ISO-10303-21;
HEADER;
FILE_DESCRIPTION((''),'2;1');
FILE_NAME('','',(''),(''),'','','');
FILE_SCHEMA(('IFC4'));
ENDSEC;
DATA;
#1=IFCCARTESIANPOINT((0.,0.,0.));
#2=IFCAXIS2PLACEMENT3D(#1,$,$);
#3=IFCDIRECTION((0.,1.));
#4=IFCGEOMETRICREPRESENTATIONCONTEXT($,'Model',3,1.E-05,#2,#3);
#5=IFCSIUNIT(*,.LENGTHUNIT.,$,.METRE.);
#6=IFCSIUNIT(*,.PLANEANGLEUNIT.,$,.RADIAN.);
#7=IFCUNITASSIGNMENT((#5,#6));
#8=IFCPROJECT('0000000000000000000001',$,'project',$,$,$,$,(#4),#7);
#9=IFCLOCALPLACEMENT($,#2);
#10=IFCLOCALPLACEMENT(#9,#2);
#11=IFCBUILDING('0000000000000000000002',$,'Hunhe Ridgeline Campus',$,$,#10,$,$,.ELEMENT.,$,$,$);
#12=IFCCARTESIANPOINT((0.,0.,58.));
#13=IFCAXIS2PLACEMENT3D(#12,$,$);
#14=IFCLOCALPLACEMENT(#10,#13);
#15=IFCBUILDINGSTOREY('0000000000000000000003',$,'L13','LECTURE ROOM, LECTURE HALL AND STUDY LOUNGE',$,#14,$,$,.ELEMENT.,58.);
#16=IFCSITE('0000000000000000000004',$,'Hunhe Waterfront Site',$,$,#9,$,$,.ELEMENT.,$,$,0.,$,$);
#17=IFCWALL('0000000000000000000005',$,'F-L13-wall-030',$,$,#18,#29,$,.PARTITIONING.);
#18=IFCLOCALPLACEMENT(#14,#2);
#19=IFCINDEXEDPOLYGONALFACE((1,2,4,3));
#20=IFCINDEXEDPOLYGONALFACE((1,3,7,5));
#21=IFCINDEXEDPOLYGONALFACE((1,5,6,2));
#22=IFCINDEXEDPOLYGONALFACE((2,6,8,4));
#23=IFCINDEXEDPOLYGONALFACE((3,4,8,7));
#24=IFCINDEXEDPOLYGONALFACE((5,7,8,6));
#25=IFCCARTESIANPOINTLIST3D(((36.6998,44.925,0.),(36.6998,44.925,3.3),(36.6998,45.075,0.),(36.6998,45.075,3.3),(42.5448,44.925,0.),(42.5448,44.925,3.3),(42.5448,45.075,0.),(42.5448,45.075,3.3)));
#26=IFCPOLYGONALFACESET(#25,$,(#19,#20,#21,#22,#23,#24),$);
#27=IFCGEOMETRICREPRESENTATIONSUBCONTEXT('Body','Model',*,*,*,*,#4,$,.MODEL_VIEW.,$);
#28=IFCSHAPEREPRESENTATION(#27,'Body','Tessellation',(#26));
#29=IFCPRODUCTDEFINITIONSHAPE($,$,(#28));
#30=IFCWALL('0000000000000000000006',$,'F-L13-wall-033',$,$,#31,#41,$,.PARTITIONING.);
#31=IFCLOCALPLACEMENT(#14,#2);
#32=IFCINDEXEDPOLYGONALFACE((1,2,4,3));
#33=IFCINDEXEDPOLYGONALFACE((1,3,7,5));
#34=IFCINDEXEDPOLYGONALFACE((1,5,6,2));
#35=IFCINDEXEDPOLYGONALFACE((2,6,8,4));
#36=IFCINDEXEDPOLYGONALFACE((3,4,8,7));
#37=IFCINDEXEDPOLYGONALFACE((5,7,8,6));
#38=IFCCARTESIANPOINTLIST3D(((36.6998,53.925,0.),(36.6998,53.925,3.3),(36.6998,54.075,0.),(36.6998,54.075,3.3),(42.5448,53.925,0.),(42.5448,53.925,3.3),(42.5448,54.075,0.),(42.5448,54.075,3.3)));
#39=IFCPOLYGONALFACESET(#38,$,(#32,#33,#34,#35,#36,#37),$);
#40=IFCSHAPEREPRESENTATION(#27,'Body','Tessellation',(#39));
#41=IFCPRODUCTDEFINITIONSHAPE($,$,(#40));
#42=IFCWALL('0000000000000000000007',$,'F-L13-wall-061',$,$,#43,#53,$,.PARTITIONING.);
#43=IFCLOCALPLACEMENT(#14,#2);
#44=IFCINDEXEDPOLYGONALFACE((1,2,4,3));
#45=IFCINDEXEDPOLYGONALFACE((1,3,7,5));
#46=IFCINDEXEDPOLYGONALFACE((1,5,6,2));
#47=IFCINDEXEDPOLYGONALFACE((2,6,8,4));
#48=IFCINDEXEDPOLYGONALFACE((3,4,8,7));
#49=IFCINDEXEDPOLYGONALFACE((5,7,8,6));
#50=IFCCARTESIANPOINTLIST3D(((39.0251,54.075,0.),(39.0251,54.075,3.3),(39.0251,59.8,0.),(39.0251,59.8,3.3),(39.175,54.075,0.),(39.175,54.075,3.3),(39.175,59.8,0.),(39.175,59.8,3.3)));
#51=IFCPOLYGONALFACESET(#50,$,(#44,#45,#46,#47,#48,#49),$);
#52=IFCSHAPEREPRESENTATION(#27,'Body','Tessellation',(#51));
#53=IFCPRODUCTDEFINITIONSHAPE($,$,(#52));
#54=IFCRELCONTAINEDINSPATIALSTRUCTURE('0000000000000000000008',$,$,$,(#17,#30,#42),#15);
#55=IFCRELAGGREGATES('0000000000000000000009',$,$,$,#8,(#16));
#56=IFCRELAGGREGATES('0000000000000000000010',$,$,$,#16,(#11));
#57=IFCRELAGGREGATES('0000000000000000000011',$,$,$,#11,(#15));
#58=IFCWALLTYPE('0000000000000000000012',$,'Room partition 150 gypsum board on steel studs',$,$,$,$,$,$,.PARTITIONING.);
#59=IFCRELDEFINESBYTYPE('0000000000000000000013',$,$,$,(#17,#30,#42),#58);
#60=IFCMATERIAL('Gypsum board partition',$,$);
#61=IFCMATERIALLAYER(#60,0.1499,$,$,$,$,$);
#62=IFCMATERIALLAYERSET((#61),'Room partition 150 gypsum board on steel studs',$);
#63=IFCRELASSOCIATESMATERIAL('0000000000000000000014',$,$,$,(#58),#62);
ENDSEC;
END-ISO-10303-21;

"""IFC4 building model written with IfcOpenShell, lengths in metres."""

from ifc_helpers import new_model, si_unit, direction, frame, frame_2d, origin, place, context, subcontext, project, spatial, rectangle, extrude, material, layer, layer_set, type_object, element, save


model = new_model("IFC4")

# Units and contexts
model_context = context("Model", 3, precision=1e-05, world=origin(), true_north=direction((0.0, 1.0)))
body_context = subcontext(model_context, "Body", "Model", "MODEL_VIEW")
ifc_project = project(units=[si_unit("LENGTHUNIT", "METRE"), si_unit("PLANEANGLEUNIT", "RADIAN")], contexts=[model_context])

# Site, building, storey
site_placement = place(None, origin())
site = spatial("IfcSite", under=ifc_project, at=site_placement, Name="Hunhe Waterfront Site", CompositionType="ELEMENT", RefElevation=0.0)
building_placement = place(site_placement, origin())
building = spatial("IfcBuilding", under=site, at=building_placement, Name="Hunhe Ridgeline Campus", CompositionType="ELEMENT")
storey_placement = place(building_placement, frame((0.0, 0.0, 58.0)))
storey = spatial("IfcBuildingStorey", under=building, at=storey_placement, Name="L13", Description="LECTURE ROOM, LECTURE HALL AND STUDY LOUNGE", CompositionType="ELEMENT", Elevation=58.0)

# Shared definitions
ifc_material_1 = material(Name="Gypsum board partition")

# Walls
ifc_layer_1 = layer(ifc_material_1, 0.1499)
ifc_layer_set_1 = layer_set([ifc_layer_1], Name="Room partition 150 gypsum board on steel studs")
wall_type_1 = type_object("IfcWallType", Name="Room partition 150 gypsum board on steel studs", PredefinedType="PARTITIONING", material=ifc_layer_set_1)
for number, where, z_axis, x_axis, name in (
    (1, (36.7, 45.0, 0.0), (0.0, 0.0, 1.0), (1.0, 0.0, 0.0), "F-L13-wall-030"),
    (2, (36.7, 54.0, 0.0), (0.0, 0.0, 1.0), (1.0, 0.0, 0.0), "F-L13-wall-033"),
):
    element("IfcWall", number, at=place(storey_placement, frame(where, z_axis=z_axis, x_axis=x_axis)), inside=storey, type_object=wall_type_1, Name=name, PredefinedType="PARTITIONING", context=body_context, shape_type="SweptSolid", body=[
        extrude(rectangle(XDim=5.845, YDim=0.1499, at=frame_2d((2.9224, 0.0))), origin(), (0.0, 0.0, 1.0), 3.3),
    ])
wall_1_placement = place(storey_placement, frame((39.1001, 59.8, 0.0), z_axis=(0.0, 0.0, 1.0), x_axis=(0.0, -1.0, 0.0)))
element("IfcWall", 3, at=wall_1_placement, inside=storey, type_object=wall_type_1, Name="F-L13-wall-061", PredefinedType="PARTITIONING", context=body_context, shape_type="SweptSolid", body=[
    extrude(rectangle(XDim=5.7251, YDim=0.1499, at=frame_2d((2.8625, 0.0))), origin(), (0.0, 0.0, 1.0), 3.3),
])

save(model, "model.ifc")
